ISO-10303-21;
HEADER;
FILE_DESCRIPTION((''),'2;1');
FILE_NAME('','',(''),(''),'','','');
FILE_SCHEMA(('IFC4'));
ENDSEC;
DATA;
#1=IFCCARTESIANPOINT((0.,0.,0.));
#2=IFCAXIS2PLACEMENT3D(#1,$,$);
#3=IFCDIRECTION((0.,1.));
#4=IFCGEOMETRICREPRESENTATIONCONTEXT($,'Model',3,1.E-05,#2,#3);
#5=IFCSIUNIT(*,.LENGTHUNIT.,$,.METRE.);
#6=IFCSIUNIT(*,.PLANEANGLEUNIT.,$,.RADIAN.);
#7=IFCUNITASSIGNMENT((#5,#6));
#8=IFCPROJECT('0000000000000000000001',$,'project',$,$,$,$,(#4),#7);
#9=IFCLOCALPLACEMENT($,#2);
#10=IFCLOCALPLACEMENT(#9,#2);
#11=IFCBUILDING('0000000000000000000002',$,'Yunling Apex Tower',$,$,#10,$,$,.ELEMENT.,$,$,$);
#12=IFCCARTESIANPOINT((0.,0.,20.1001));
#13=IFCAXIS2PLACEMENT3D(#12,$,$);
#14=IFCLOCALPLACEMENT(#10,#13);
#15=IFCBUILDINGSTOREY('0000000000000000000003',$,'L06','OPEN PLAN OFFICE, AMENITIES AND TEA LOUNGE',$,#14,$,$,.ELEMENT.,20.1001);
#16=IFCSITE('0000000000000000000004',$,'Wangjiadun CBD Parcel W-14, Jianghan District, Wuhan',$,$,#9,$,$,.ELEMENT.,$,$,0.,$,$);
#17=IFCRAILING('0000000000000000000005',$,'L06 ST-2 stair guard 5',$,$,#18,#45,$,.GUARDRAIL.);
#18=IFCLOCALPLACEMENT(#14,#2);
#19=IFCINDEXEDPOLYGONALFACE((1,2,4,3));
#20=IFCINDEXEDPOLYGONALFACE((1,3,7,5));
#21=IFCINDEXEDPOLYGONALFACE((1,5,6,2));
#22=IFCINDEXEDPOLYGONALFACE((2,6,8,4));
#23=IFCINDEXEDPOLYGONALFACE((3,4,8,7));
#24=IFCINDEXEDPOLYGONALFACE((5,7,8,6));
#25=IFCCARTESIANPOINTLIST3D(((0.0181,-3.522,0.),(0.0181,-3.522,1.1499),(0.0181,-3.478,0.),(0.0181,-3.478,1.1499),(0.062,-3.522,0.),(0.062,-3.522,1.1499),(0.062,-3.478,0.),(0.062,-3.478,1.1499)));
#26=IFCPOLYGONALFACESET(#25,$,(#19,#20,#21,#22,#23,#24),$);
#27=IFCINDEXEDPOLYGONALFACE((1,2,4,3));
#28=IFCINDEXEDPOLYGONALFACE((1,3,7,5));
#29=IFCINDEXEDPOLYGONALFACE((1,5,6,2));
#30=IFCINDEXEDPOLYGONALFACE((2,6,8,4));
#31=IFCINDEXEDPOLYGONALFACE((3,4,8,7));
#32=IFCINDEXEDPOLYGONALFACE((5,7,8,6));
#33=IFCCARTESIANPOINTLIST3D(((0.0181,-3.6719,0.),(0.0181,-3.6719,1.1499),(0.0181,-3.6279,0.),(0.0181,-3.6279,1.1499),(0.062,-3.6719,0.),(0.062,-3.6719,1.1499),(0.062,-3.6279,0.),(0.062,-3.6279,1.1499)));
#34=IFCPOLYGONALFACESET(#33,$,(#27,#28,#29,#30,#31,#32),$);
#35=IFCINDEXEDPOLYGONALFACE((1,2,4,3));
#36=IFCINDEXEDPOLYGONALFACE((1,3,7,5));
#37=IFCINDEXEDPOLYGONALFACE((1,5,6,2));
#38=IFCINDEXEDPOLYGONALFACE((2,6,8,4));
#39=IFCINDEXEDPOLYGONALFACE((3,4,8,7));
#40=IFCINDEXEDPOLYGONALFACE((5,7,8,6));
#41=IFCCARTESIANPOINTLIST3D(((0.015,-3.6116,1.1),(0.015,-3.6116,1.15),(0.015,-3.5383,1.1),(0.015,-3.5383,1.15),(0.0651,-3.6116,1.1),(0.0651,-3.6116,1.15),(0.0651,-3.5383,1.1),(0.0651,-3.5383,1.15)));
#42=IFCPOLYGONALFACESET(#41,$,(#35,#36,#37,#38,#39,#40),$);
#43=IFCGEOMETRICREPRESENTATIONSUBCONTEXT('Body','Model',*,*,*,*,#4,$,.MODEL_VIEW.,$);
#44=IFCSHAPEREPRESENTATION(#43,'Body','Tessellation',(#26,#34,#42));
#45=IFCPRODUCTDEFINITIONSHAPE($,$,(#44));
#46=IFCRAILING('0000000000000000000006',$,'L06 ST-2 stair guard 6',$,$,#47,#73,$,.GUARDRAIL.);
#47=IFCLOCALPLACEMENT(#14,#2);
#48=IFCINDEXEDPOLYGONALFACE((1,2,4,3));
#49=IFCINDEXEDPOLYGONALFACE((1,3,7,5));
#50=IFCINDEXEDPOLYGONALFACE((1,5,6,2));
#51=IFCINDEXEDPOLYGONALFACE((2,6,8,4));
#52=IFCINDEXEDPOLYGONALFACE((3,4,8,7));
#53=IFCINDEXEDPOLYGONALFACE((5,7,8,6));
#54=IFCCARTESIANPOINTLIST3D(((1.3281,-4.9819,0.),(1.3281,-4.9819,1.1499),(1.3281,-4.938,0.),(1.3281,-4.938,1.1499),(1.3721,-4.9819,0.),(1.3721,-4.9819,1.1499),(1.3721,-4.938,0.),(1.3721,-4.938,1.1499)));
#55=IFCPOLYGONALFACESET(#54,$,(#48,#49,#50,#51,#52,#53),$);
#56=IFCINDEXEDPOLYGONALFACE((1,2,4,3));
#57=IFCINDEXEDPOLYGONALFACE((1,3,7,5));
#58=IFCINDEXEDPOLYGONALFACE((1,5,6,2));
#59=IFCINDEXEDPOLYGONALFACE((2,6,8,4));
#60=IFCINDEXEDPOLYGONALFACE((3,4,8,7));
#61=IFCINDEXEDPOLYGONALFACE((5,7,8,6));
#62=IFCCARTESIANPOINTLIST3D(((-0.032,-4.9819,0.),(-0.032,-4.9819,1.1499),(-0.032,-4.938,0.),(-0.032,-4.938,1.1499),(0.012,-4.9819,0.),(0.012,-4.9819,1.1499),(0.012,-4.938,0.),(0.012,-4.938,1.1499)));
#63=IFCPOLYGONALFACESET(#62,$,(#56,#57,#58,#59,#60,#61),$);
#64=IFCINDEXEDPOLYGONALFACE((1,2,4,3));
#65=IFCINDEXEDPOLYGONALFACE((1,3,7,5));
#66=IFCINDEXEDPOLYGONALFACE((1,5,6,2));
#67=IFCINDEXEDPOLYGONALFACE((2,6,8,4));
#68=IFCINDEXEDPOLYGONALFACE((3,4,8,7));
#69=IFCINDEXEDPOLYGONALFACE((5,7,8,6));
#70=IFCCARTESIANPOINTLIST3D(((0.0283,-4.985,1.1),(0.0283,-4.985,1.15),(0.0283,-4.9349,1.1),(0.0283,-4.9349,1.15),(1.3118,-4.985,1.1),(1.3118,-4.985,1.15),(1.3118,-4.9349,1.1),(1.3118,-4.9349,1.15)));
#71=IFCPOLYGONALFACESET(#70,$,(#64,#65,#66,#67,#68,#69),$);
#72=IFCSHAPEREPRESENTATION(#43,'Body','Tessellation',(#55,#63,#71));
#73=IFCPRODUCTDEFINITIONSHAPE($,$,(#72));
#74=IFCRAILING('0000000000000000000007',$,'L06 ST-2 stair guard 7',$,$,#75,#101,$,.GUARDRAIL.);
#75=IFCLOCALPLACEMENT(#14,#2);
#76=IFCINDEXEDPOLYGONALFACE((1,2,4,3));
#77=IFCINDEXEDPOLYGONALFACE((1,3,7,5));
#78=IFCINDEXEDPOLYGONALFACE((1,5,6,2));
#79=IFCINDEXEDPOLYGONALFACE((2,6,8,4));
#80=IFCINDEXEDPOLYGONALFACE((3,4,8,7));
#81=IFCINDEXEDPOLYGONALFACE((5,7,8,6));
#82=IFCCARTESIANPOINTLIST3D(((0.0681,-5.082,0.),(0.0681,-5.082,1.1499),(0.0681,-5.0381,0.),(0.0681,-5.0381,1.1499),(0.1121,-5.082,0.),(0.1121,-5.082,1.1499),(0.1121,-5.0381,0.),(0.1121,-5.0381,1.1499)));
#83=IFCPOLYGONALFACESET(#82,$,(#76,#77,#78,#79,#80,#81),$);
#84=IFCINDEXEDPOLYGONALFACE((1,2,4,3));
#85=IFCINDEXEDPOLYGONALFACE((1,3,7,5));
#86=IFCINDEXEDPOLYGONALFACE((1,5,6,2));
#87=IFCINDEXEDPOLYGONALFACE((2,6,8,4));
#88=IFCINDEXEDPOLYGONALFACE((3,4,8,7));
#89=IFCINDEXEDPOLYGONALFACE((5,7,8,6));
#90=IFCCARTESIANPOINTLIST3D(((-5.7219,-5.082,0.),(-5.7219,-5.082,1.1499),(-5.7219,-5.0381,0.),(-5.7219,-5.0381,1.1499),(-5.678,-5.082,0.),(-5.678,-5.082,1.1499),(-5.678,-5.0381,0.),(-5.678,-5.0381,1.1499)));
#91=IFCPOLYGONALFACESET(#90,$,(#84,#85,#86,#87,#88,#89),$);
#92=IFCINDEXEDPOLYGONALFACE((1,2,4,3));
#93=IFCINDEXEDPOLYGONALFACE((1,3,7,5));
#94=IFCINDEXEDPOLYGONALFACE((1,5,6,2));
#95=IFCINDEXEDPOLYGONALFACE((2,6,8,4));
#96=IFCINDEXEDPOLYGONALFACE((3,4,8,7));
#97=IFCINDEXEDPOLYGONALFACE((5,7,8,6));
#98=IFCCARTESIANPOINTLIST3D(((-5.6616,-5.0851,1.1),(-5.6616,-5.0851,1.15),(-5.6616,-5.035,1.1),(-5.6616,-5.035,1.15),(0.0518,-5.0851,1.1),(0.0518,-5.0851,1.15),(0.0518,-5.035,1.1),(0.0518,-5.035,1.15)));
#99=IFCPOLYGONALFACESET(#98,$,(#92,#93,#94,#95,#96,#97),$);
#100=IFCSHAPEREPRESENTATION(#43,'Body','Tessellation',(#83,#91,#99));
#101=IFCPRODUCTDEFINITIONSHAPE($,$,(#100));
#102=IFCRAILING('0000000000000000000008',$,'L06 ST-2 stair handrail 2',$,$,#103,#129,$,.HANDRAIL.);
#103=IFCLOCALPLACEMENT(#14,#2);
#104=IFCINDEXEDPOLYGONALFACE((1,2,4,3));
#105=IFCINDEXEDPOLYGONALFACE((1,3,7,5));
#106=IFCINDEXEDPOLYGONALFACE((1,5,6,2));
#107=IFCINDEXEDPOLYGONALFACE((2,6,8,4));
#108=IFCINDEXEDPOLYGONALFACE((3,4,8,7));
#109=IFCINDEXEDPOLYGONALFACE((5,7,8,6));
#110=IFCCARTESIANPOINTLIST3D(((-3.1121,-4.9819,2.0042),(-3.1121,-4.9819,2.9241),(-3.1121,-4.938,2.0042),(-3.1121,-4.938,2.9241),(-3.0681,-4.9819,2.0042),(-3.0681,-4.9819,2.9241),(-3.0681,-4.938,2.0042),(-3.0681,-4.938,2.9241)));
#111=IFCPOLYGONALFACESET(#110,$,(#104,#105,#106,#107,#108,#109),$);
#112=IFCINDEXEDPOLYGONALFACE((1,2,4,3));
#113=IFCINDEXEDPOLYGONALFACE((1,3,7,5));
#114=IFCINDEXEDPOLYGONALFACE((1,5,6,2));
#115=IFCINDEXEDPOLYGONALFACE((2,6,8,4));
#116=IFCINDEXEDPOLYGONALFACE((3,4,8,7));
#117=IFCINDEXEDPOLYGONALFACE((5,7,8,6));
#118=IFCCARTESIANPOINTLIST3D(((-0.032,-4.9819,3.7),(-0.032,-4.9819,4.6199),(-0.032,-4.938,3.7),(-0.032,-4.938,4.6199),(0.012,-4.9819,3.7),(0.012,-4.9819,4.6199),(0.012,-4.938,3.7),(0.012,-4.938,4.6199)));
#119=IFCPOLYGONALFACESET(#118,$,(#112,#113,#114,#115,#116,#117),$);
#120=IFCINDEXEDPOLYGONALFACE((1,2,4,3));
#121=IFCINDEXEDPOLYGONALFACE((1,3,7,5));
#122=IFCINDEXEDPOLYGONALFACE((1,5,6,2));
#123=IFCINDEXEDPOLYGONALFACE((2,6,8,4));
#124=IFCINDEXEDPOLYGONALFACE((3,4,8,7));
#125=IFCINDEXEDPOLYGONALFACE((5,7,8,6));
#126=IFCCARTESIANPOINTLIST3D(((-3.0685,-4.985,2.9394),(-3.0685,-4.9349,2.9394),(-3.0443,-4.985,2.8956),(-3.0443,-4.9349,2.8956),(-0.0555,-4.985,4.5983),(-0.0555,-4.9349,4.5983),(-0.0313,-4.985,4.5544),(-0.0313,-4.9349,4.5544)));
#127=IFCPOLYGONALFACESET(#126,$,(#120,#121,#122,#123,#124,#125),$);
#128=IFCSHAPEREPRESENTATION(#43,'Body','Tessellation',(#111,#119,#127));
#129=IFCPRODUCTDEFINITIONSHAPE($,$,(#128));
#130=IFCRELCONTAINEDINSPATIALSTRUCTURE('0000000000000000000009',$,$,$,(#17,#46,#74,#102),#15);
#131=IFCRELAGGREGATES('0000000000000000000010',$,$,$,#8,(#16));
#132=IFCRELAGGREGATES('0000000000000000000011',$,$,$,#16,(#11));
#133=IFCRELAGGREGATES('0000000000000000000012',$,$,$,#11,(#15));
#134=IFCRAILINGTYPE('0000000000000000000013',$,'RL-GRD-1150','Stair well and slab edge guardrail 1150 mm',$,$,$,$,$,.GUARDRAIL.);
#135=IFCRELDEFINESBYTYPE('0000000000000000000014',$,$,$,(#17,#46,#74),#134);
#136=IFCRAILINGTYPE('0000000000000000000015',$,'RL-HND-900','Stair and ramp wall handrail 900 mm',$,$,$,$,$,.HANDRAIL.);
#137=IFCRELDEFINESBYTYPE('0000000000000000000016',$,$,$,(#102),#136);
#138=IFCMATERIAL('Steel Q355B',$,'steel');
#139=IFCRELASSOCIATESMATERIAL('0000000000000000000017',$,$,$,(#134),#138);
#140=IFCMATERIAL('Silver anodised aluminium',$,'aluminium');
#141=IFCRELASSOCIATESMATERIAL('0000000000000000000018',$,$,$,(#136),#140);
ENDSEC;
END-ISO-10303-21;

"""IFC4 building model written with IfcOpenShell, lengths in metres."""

from ifc_helpers import new_model, si_unit, direction, frame, origin, origin_2d, place, context, subcontext, project, spatial, rectangle, extrude, material, type_object, element, save


model = new_model("IFC4")

# Units and contexts
model_context = context("Model", 3, precision=1e-05, world=origin(), true_north=direction((0.0, 1.0)))
body_context = subcontext(model_context, "Body", "Model", "MODEL_VIEW")
ifc_project = project(units=[si_unit("LENGTHUNIT", "METRE"), si_unit("PLANEANGLEUNIT", "RADIAN")], contexts=[model_context])

# Site, building, storey
site_placement = place(None, origin())
site = spatial("IfcSite", under=ifc_project, at=site_placement, Name="Wangjiadun CBD Parcel W-14, Jianghan District, Wuhan", CompositionType="ELEMENT", RefElevation=0.0)
building_placement = place(site_placement, origin())
building = spatial("IfcBuilding", under=site, at=building_placement, Name="Yunling Apex Tower", CompositionType="ELEMENT")
storey_placement = place(building_placement, frame((0.0, 0.0, 20.1001)))
storey = spatial("IfcBuildingStorey", under=building, at=storey_placement, Name="L06", Description="OPEN PLAN OFFICE, AMENITIES AND TEA LOUNGE", CompositionType="ELEMENT", Elevation=20.1001)

# Shared definitions
ifc_material_1 = material(Name="Steel Q355B", Category="steel")

# Railings
railing_type_1 = type_object("IfcRailingType", Name="RL-GRD-1150", Description="Stair well and slab edge guardrail 1150 mm", PredefinedType="GUARDRAIL", material=ifc_material_1)
railing_1_placement = place(storey_placement, frame((0.04, -3.5, 0.0)))
element("IfcRailing", 1, at=railing_1_placement, inside=storey, type_object=railing_type_1, Name="L06 ST-2 stair guard 5", PredefinedType="GUARDRAIL", context=body_context, shape_type="SweptSolid", body=[
    extrude(rectangle(XDim=0.0439, YDim=0.0439, at=origin_2d()), origin(), (0.0, 0.0, 1.0), 1.1499),
    extrude(rectangle(XDim=0.0439, YDim=0.0439, at=origin_2d()), frame((0.0, -0.1499, 0.0)), (0.0, 0.0, 1.0), 1.1499),
    extrude(rectangle(XDim=0.05, YDim=0.05, at=origin_2d()), frame((0.0, -0.0383, 1.125), z_axis=(0.0, -1.0, 0.0), x_axis=(1.0, 0.0, 0.0)), (0.0, 0.0, 1.0), 0.0732),
])
railing_2_placement = place(storey_placement, frame((1.3501, -4.96, 0.0)))
element("IfcRailing", 2, at=railing_2_placement, inside=storey, type_object=railing_type_1, Name="L06 ST-2 stair guard 6", PredefinedType="GUARDRAIL", context=body_context, shape_type="SweptSolid", body=[
    extrude(rectangle(XDim=0.0439, YDim=0.0439, at=origin_2d()), origin(), (0.0, 0.0, 1.0), 1.1499),
    extrude(rectangle(XDim=0.0439, YDim=0.0439, at=origin_2d()), frame((-1.3601, 0.0, 0.0)), (0.0, 0.0, 1.0), 1.1499),
    extrude(rectangle(XDim=0.05, YDim=0.05, at=origin_2d()), frame((-0.0383, 0.0, 1.125), z_axis=(-1.0, 0.0, 0.0), x_axis=(0.0, -1.0, 0.0)), (0.0, 0.0, 1.0), 1.2834),
])
railing_3_placement = place(storey_placement, frame((0.0901, -5.0601, 0.0)))
element("IfcRailing", 3, at=railing_3_placement, inside=storey, type_object=railing_type_1, Name="L06 ST-2 stair guard 7", PredefinedType="GUARDRAIL", context=body_context, shape_type="SweptSolid", body=[
    extrude(rectangle(XDim=0.0439, YDim=0.0439, at=origin_2d()), origin(), (0.0, 0.0, 1.0), 1.1499),
    extrude(rectangle(XDim=0.0439, YDim=0.0439, at=origin_2d()), frame((-5.79, 0.0, 0.0)), (0.0, 0.0, 1.0), 1.1499),
    extrude(rectangle(XDim=0.05, YDim=0.05, at=origin_2d()), frame((-0.0383, 0.0, 1.125), z_axis=(-1.0, 0.0, 0.0), x_axis=(0.0, -1.0, 0.0)), (0.0, 0.0, 1.0), 5.7134),
])
ifc_material_2 = material(Name="Silver anodised aluminium", Category="aluminium")
railing_type_2 = type_object("IfcRailingType", Name="RL-HND-900", Description="Stair and ramp wall handrail 900 mm", PredefinedType="HANDRAIL", material=ifc_material_2)
railing_4_placement = place(storey_placement, frame((-3.0901, -4.96, 2.0042)))
element("IfcRailing", 4, at=railing_4_placement, inside=storey, type_object=railing_type_2, Name="L06 ST-2 stair handrail 2", PredefinedType="HANDRAIL", context=body_context, shape_type="SweptSolid", body=[
    extrude(rectangle(XDim=0.0439, YDim=0.0439, at=origin_2d()), origin(), (0.0, 0.0, 1.0), 0.9199),
    extrude(rectangle(XDim=0.0439, YDim=0.0439, at=origin_2d()), frame((3.0801, 0.0, 1.6958)), (0.0, 0.0, 1.0), 0.9199),
    extrude(rectangle(XDim=0.05, YDim=0.05, at=origin_2d()), frame((0.0337, 0.0, 0.9133), z_axis=(0.876005, 0.0, 0.482303), x_axis=(0.0, 1.0, 0.0)), (0.0, 0.0, 1.0), 3.4395),
])

save(model, "model.ifc")
